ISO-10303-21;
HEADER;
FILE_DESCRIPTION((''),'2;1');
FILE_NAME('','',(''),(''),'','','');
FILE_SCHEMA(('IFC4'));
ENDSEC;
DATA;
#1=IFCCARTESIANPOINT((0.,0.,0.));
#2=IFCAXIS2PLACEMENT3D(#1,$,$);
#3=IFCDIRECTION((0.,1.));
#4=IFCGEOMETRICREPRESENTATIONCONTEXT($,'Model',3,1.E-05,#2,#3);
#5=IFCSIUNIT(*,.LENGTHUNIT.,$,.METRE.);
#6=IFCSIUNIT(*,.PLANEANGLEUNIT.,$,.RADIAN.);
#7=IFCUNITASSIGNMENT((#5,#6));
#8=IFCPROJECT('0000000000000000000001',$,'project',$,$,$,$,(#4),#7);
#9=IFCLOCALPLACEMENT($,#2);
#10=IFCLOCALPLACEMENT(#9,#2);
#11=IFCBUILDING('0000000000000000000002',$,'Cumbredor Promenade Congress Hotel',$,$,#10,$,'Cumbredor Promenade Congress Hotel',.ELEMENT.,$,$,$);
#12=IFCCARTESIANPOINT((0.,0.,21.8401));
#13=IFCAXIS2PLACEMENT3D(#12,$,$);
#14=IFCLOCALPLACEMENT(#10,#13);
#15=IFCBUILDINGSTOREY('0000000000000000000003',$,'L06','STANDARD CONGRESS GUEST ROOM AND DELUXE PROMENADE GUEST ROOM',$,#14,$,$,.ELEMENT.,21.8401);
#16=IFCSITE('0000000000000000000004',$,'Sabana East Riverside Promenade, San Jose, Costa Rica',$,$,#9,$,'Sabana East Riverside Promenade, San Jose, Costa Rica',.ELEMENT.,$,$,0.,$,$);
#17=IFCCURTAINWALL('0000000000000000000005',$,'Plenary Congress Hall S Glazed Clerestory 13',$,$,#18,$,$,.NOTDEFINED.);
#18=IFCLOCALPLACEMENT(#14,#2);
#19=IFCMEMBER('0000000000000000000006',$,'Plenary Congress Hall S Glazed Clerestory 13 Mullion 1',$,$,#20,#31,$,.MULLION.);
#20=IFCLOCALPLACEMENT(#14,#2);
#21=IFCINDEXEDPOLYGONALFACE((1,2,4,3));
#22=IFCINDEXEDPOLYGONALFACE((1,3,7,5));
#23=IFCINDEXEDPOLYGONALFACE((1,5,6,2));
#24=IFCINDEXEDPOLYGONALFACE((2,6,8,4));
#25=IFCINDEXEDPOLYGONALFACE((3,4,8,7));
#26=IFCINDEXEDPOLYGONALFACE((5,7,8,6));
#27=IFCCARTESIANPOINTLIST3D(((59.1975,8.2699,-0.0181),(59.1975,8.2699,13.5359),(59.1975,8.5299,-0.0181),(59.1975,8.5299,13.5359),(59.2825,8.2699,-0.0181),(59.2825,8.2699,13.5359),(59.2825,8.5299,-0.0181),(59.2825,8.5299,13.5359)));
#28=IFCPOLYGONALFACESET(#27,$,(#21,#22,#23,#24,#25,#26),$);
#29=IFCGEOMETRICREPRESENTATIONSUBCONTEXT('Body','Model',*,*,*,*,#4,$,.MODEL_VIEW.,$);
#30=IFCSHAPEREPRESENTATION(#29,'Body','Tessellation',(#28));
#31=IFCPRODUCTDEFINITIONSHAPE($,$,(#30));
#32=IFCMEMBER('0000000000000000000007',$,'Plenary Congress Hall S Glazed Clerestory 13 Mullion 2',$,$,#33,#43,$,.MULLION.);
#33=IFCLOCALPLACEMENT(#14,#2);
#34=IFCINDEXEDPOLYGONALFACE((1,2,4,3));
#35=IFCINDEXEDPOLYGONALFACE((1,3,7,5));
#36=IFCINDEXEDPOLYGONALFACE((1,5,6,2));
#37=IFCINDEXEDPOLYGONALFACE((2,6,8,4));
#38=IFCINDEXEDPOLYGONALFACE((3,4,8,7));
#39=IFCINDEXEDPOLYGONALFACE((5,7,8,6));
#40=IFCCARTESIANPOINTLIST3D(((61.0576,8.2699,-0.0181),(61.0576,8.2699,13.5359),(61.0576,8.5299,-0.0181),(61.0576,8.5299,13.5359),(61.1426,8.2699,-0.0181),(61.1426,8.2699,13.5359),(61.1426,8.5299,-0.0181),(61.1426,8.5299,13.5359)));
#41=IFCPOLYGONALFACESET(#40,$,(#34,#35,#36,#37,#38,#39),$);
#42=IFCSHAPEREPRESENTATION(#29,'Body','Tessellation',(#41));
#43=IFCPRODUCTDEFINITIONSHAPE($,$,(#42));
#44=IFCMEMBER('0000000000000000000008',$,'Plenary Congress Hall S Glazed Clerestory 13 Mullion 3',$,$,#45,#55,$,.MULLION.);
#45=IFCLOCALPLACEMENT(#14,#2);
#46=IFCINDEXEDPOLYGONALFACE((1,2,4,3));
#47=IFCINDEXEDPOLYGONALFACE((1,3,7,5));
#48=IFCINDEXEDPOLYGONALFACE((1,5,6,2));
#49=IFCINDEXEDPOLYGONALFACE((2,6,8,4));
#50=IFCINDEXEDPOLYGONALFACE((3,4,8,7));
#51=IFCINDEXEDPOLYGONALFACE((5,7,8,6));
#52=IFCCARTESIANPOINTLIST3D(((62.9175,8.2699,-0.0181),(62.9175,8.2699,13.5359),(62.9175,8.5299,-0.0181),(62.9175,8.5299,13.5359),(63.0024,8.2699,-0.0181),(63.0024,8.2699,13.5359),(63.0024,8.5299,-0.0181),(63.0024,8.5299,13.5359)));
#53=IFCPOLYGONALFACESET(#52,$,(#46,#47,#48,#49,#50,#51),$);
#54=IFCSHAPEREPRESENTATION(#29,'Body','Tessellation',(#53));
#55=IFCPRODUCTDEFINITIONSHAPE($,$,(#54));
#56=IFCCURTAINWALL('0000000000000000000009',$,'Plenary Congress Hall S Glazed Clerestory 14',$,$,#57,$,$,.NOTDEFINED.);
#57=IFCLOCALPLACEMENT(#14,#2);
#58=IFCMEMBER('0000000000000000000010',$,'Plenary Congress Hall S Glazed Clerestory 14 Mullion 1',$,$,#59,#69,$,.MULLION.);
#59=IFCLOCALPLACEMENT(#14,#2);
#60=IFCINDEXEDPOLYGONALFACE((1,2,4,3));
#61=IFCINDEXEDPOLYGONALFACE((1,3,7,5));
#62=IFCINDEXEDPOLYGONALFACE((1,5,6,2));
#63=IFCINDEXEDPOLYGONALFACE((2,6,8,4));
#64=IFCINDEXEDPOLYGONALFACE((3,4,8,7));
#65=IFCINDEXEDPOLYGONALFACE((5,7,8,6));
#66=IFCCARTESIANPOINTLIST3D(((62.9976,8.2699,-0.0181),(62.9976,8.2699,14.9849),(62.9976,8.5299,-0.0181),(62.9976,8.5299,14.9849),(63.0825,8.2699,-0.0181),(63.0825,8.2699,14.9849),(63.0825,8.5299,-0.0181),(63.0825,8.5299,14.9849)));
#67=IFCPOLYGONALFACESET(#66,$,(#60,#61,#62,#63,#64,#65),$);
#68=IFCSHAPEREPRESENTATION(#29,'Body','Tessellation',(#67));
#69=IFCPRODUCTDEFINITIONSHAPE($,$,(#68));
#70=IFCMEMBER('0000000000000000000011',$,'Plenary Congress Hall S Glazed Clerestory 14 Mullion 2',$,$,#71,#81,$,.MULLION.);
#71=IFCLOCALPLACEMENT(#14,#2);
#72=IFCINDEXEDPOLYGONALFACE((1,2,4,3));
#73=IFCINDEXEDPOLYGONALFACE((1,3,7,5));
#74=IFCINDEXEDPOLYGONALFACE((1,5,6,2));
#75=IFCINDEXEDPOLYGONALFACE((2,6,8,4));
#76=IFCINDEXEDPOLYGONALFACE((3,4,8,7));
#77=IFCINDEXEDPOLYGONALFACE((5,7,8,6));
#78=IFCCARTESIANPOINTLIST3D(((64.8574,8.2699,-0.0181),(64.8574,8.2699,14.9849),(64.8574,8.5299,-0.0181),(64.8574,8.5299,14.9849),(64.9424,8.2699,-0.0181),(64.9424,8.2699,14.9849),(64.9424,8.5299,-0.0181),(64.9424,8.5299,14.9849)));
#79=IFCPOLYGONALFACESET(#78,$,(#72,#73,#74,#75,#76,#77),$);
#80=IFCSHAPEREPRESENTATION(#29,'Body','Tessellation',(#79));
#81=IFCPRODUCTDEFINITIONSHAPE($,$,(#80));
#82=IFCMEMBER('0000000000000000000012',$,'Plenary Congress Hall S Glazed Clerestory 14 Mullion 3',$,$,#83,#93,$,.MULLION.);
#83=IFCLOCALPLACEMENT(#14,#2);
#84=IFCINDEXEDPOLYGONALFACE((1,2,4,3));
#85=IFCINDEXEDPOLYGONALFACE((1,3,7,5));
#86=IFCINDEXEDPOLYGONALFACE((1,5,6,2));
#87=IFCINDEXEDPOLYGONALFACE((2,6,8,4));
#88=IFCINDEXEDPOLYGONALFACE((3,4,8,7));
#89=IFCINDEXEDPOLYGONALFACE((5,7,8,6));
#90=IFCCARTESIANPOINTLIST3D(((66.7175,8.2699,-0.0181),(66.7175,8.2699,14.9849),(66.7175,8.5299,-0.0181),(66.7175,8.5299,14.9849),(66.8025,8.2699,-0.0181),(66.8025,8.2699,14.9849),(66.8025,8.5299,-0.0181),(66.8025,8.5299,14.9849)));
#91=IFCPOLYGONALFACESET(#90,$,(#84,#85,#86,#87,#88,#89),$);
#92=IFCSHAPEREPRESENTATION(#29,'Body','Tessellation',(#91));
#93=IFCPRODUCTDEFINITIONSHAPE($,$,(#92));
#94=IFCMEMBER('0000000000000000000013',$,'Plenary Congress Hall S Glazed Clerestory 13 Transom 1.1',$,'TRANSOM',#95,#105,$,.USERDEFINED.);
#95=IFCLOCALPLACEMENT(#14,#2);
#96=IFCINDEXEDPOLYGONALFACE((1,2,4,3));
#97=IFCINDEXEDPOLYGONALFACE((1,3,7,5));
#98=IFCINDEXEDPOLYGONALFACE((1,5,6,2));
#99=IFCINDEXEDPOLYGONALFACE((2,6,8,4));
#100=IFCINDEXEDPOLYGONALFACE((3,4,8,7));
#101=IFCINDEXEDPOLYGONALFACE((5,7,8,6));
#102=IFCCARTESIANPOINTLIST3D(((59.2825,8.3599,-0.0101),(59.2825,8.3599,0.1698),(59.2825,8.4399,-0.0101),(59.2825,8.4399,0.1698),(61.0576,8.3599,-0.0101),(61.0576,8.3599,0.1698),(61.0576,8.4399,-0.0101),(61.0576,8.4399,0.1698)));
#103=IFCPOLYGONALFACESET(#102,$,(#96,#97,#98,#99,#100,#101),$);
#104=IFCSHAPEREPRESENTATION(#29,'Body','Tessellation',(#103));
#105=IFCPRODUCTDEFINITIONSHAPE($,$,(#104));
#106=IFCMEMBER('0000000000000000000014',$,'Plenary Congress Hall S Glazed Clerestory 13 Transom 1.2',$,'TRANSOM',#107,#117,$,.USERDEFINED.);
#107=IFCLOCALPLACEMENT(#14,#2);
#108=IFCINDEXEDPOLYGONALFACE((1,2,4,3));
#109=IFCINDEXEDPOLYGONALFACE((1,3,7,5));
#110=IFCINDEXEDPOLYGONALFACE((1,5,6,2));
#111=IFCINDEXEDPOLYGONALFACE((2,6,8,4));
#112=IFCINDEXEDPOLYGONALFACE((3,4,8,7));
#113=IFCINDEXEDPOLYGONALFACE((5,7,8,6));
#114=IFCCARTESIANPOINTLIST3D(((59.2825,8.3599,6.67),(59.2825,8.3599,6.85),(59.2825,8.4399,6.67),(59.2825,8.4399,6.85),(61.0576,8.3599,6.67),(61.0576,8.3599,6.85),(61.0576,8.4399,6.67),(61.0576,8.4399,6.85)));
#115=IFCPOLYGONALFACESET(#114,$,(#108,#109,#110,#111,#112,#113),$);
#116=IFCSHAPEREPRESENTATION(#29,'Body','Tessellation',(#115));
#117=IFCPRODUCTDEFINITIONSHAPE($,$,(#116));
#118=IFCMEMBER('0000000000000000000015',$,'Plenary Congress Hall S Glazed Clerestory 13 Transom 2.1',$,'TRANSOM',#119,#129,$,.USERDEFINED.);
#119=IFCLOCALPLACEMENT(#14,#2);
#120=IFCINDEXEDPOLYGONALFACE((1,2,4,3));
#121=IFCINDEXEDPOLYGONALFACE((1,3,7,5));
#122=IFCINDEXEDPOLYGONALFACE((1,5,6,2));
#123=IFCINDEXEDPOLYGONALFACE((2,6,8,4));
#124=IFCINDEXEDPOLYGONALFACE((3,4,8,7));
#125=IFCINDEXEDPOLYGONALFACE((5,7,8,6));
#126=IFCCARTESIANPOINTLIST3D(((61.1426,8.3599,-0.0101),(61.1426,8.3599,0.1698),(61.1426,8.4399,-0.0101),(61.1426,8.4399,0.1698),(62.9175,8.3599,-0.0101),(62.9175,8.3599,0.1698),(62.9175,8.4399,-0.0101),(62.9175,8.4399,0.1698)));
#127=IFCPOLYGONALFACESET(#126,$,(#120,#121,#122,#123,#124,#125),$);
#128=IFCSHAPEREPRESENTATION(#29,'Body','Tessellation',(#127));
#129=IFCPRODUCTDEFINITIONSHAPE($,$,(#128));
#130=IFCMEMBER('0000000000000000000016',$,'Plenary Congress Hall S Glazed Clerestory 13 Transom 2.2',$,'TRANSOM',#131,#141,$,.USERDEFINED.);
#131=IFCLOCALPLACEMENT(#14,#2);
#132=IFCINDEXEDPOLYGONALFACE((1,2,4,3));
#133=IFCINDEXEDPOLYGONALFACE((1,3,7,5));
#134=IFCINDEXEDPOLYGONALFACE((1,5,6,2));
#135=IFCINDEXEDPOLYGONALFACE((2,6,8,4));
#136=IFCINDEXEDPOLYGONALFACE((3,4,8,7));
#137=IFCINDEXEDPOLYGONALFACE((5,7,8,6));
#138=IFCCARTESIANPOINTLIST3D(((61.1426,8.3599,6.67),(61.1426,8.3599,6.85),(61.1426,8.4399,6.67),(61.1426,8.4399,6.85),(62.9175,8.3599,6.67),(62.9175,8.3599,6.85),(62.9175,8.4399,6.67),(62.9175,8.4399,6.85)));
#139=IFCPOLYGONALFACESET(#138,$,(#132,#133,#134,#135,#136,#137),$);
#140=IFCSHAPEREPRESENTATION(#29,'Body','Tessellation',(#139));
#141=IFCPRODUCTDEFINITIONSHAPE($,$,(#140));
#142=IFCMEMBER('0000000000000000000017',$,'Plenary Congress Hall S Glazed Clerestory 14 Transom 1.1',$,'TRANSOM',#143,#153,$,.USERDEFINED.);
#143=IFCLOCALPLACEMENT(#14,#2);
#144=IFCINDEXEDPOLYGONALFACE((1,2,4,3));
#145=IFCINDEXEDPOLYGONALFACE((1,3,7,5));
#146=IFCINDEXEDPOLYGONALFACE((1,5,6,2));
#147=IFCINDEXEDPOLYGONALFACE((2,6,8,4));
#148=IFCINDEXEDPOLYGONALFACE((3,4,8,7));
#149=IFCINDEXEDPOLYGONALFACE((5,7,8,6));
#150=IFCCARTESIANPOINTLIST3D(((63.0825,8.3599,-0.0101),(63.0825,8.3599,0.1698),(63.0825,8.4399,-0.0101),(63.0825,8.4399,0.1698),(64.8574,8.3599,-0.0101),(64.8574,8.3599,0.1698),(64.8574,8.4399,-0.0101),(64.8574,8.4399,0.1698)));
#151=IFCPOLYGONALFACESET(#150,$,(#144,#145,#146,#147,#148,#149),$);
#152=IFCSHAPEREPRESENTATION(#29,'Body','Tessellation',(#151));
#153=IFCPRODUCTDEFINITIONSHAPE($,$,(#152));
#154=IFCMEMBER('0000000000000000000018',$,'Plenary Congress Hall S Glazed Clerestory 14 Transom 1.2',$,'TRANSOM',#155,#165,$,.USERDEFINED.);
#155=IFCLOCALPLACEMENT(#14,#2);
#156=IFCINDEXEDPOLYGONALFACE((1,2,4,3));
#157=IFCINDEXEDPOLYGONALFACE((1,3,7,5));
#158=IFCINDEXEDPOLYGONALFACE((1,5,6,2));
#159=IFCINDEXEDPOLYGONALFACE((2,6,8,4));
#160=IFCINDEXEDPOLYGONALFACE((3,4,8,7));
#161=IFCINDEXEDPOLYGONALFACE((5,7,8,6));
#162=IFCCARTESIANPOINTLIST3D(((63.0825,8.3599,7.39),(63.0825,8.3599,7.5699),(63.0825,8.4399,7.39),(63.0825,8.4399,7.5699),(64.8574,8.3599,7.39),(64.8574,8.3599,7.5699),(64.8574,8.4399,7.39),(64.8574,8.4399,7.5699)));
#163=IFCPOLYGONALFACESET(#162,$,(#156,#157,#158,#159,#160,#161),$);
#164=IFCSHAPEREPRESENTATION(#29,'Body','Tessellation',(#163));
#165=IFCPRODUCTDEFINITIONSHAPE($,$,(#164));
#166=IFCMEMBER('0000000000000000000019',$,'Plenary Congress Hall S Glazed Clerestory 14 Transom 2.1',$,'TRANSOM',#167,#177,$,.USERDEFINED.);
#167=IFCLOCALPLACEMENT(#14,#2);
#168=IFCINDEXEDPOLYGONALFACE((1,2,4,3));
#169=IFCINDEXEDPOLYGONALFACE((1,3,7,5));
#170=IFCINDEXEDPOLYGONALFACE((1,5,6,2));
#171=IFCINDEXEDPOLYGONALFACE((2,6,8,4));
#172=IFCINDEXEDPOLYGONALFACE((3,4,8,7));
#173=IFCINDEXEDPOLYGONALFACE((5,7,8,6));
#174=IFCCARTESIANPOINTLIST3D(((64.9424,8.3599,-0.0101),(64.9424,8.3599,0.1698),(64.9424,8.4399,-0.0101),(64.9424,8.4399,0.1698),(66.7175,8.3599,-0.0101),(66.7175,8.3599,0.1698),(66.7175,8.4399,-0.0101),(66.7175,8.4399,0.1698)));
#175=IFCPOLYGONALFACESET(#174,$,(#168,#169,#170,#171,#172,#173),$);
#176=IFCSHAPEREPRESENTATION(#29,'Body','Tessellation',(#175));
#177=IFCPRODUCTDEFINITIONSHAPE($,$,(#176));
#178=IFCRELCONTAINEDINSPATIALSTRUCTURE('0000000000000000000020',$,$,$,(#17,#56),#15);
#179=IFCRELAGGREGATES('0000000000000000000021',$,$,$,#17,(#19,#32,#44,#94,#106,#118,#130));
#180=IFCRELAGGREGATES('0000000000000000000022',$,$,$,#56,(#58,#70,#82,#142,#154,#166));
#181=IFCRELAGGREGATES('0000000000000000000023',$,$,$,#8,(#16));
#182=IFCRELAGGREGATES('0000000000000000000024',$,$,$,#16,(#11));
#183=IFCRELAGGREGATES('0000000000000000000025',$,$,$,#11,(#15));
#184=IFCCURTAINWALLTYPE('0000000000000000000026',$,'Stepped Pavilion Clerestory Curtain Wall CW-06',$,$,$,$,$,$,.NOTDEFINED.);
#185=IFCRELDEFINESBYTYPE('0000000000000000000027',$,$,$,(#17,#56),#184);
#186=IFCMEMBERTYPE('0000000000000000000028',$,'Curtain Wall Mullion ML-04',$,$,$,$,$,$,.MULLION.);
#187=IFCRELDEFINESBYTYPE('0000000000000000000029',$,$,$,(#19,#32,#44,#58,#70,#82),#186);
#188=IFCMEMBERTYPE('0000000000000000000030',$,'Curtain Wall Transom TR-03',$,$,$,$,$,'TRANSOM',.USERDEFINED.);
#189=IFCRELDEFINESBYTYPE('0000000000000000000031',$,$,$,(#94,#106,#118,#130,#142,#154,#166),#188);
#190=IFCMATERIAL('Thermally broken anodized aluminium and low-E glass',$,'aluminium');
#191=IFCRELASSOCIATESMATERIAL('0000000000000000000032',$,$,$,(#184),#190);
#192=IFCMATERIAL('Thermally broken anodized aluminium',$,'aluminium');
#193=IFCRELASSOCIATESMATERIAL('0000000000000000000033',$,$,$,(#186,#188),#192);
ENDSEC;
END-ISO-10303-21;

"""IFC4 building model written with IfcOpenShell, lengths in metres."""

from ifc_helpers import new_model, si_unit, direction, frame, origin, origin_2d, place, context, subcontext, project, spatial, rectangle, extrude, material, material_profile, profile_set, type_object, element, aggregate, save


model = new_model("IFC4")

# Units and contexts
model_context = context("Model", 3, precision=1e-05, world=origin(), true_north=direction((0.0, 1.0)))
body_context = subcontext(model_context, "Body", "Model", "MODEL_VIEW")
ifc_project = project(units=[si_unit("LENGTHUNIT", "METRE"), si_unit("PLANEANGLEUNIT", "RADIAN")], contexts=[model_context])

# Site, building, storey
site_placement = place(None, origin())
site = spatial("IfcSite", under=ifc_project, at=site_placement, Name="Sabana East Riverside Promenade, San Jose, Costa Rica", LongName="Sabana East Riverside Promenade, San Jose, Costa Rica", CompositionType="ELEMENT", RefElevation=0.0)
building_placement = place(site_placement, origin())
building = spatial("IfcBuilding", under=site, at=building_placement, Name="Cumbredor Promenade Congress Hotel", LongName="Cumbredor Promenade Congress Hotel", CompositionType="ELEMENT")
storey_placement = place(building_placement, frame((0.0, 0.0, 21.8401)))
storey = spatial("IfcBuildingStorey", under=building, at=storey_placement, Name="L06", Description="STANDARD CONGRESS GUEST ROOM AND DELUXE PROMENADE GUEST ROOM", CompositionType="ELEMENT", Elevation=21.8401)

# Curtain walls, members
ifc_material_1 = material(Name="Thermally broken anodized aluminium and low-E glass", Category="aluminium")
curtain_wall_type = type_object("IfcCurtainWallType", Name="Stepped Pavilion Clerestory Curtain Wall CW-06", PredefinedType="NOTDEFINED", material=ifc_material_1)
curtain_wall_1_placement = place(storey_placement, origin())
curtain_wall_1 = element("IfcCurtainWall", 1, at=curtain_wall_1_placement, inside=storey, type_object=curtain_wall_type, Name="Plenary Congress Hall S Glazed Clerestory 13", PredefinedType="NOTDEFINED")
ifc_material_2 = material(Name="Thermally broken anodized aluminium", Category="aluminium")
ifc_material_profile_1 = material_profile(ifc_material_2, rectangle(XDim=0.085, YDim=0.26, at=origin_2d()), Name="ALU MULLION CLERESTORY 85x260")
ifc_profile_set_1 = profile_set([ifc_material_profile_1], Name="Thermally broken anodized aluminium")
member_type_1 = type_object("IfcMemberType", Name="Curtain Wall Mullion ML-04", PredefinedType="MULLION", material=ifc_profile_set_1)
member_1_placement = place(storey_placement, frame((59.24, 8.3999, -0.0181), z_axis=(0.0, 0.0, 1.0), x_axis=(1.0, 0.0, 0.0)))
member_1 = element("IfcMember", 2, at=member_1_placement, type_object=member_type_1, Name="Plenary Congress Hall S Glazed Clerestory 13 Mullion 1", PredefinedType="MULLION", context=body_context, shape_type="SweptSolid", body=[
    extrude(rectangle(XDim=0.085, YDim=0.26, at=origin_2d()), origin(), (0.0, 0.0, 1.0), 13.554),
])
member_2_placement = place(storey_placement, frame((61.1001, 8.3999, -0.0181), z_axis=(0.0, 0.0, 1.0), x_axis=(1.0, 0.0, 0.0)))
member_2 = element("IfcMember", 3, at=member_2_placement, type_object=member_type_1, Name="Plenary Congress Hall S Glazed Clerestory 13 Mullion 2", PredefinedType="MULLION", context=body_context, shape_type="SweptSolid", body=[
    extrude(rectangle(XDim=0.085, YDim=0.26, at=origin_2d()), origin(), (0.0, 0.0, 1.0), 13.554),
])
member_3_placement = place(storey_placement, frame((62.96, 8.3999, -0.0181), z_axis=(0.0, 0.0, 1.0), x_axis=(1.0, 0.0, 0.0)))
member_3 = element("IfcMember", 4, at=member_3_placement, type_object=member_type_1, Name="Plenary Congress Hall S Glazed Clerestory 13 Mullion 3", PredefinedType="MULLION", context=body_context, shape_type="SweptSolid", body=[
    extrude(rectangle(XDim=0.085, YDim=0.26, at=origin_2d()), origin(), (0.0, 0.0, 1.0), 13.554),
])
curtain_wall_2_placement = place(storey_placement, origin())
curtain_wall_2 = element("IfcCurtainWall", 5, at=curtain_wall_2_placement, inside=storey, type_object=curtain_wall_type, Name="Plenary Congress Hall S Glazed Clerestory 14", PredefinedType="NOTDEFINED")
member_4_placement = place(storey_placement, frame((63.04, 8.3999, -0.0181), z_axis=(0.0, 0.0, 1.0), x_axis=(1.0, 0.0, 0.0)))
member_4 = element("IfcMember", 6, at=member_4_placement, type_object=member_type_1, Name="Plenary Congress Hall S Glazed Clerestory 14 Mullion 1", PredefinedType="MULLION", context=body_context, shape_type="SweptSolid", body=[
    extrude(rectangle(XDim=0.085, YDim=0.26, at=origin_2d()), origin(), (0.0, 0.0, 1.0), 15.0029),
])
member_5_placement = place(storey_placement, frame((64.8999, 8.3999, -0.0181), z_axis=(0.0, 0.0, 1.0), x_axis=(1.0, 0.0, 0.0)))
member_5 = element("IfcMember", 7, at=member_5_placement, type_object=member_type_1, Name="Plenary Congress Hall S Glazed Clerestory 14 Mullion 2", PredefinedType="MULLION", context=body_context, shape_type="SweptSolid", body=[
    extrude(rectangle(XDim=0.085, YDim=0.26, at=origin_2d()), origin(), (0.0, 0.0, 1.0), 15.0029),
])
member_6_placement = place(storey_placement, frame((66.76, 8.3999, -0.0181), z_axis=(0.0, 0.0, 1.0), x_axis=(1.0, 0.0, 0.0)))
member_6 = element("IfcMember", 8, at=member_6_placement, type_object=member_type_1, Name="Plenary Congress Hall S Glazed Clerestory 14 Mullion 3", PredefinedType="MULLION", context=body_context, shape_type="SweptSolid", body=[
    extrude(rectangle(XDim=0.085, YDim=0.26, at=origin_2d()), origin(), (0.0, 0.0, 1.0), 15.0029),
])

# Members
ifc_material_profile_2 = material_profile(ifc_material_2, rectangle(XDim=0.0801, YDim=0.1799, at=origin_2d()), Name="ALU TRANSOM 80x180")
ifc_profile_set_2 = profile_set([ifc_material_profile_2], Name="Thermally broken anodized aluminium")
member_type_2 = type_object("IfcMemberType", Name="Curtain Wall Transom TR-03", ElementType="TRANSOM", PredefinedType="USERDEFINED", material=ifc_profile_set_2)
member_7_placement = place(storey_placement, frame((59.2825, 8.3999, 0.0798), z_axis=(1.0, 0.0, 0.0), x_axis=(0.0, 1.0, 0.0)))
member_7 = element("IfcMember", 9, at=member_7_placement, type_object=member_type_2, Name="Plenary Congress Hall S Glazed Clerestory 13 Transom 1.1", ObjectType="TRANSOM", PredefinedType="USERDEFINED", context=body_context, shape_type="SweptSolid", body=[
    extrude(rectangle(XDim=0.0801, YDim=0.1799, at=origin_2d()), origin(), (0.0, 0.0, 1.0), 1.7751),
])
member_8_placement = place(storey_placement, frame((59.2825, 8.3999, 6.76), z_axis=(1.0, 0.0, 0.0), x_axis=(0.0, 1.0, 0.0)))
member_8 = element("IfcMember", 10, at=member_8_placement, type_object=member_type_2, Name="Plenary Congress Hall S Glazed Clerestory 13 Transom 1.2", ObjectType="TRANSOM", PredefinedType="USERDEFINED", context=body_context, shape_type="SweptSolid", body=[
    extrude(rectangle(XDim=0.0801, YDim=0.1799, at=origin_2d()), origin(), (0.0, 0.0, 1.0), 1.7751),
])
member_9_placement = place(storey_placement, frame((61.1426, 8.3999, 0.0798), z_axis=(1.0, 0.0, 0.0), x_axis=(0.0, 1.0, 0.0)))
member_9 = element("IfcMember", 11, at=member_9_placement, type_object=member_type_2, Name="Plenary Congress Hall S Glazed Clerestory 13 Transom 2.1", ObjectType="TRANSOM", PredefinedType="USERDEFINED", context=body_context, shape_type="SweptSolid", body=[
    extrude(rectangle(XDim=0.0801, YDim=0.1799, at=origin_2d()), origin(), (0.0, 0.0, 1.0), 1.7749),
])
member_10_placement = place(storey_placement, frame((61.1426, 8.3999, 6.76), z_axis=(1.0, 0.0, 0.0), x_axis=(0.0, 1.0, 0.0)))
member_10 = element("IfcMember", 12, at=member_10_placement, type_object=member_type_2, Name="Plenary Congress Hall S Glazed Clerestory 13 Transom 2.2", ObjectType="TRANSOM", PredefinedType="USERDEFINED", context=body_context, shape_type="SweptSolid", body=[
    extrude(rectangle(XDim=0.0801, YDim=0.1799, at=origin_2d()), origin(), (0.0, 0.0, 1.0), 1.7749),
])
member_11_placement = place(storey_placement, frame((63.0825, 8.3999, 0.0798), z_axis=(1.0, 0.0, 0.0), x_axis=(0.0, 1.0, 0.0)))
member_11 = element("IfcMember", 13, at=member_11_placement, type_object=member_type_2, Name="Plenary Congress Hall S Glazed Clerestory 14 Transom 1.1", ObjectType="TRANSOM", PredefinedType="USERDEFINED", context=body_context, shape_type="SweptSolid", body=[
    extrude(rectangle(XDim=0.0801, YDim=0.1799, at=origin_2d()), origin(), (0.0, 0.0, 1.0), 1.7749),
])
member_12_placement = place(storey_placement, frame((63.0825, 8.3999, 7.48), z_axis=(1.0, 0.0, 0.0), x_axis=(0.0, 1.0, 0.0)))
member_12 = element("IfcMember", 14, at=member_12_placement, type_object=member_type_2, Name="Plenary Congress Hall S Glazed Clerestory 14 Transom 1.2", ObjectType="TRANSOM", PredefinedType="USERDEFINED", context=body_context, shape_type="SweptSolid", body=[
    extrude(rectangle(XDim=0.0801, YDim=0.1799, at=origin_2d()), origin(), (0.0, 0.0, 1.0), 1.7749),
])
member_13_placement = place(storey_placement, frame((64.9424, 8.3999, 0.0798), z_axis=(1.0, 0.0, 0.0), x_axis=(0.0, 1.0, 0.0)))
member_13 = element("IfcMember", 15, at=member_13_placement, type_object=member_type_2, Name="Plenary Congress Hall S Glazed Clerestory 14 Transom 2.1", ObjectType="TRANSOM", PredefinedType="USERDEFINED", context=body_context, shape_type="SweptSolid", body=[
    extrude(rectangle(XDim=0.0801, YDim=0.1799, at=origin_2d()), origin(), (0.0, 0.0, 1.0), 1.7751),
])

aggregate(curtain_wall_1, [member_1, member_2, member_3, member_7, member_8, member_9, member_10])
aggregate(curtain_wall_2, [member_4, member_5, member_6, member_11, member_12, member_13])

save(model, "model.ifc")
